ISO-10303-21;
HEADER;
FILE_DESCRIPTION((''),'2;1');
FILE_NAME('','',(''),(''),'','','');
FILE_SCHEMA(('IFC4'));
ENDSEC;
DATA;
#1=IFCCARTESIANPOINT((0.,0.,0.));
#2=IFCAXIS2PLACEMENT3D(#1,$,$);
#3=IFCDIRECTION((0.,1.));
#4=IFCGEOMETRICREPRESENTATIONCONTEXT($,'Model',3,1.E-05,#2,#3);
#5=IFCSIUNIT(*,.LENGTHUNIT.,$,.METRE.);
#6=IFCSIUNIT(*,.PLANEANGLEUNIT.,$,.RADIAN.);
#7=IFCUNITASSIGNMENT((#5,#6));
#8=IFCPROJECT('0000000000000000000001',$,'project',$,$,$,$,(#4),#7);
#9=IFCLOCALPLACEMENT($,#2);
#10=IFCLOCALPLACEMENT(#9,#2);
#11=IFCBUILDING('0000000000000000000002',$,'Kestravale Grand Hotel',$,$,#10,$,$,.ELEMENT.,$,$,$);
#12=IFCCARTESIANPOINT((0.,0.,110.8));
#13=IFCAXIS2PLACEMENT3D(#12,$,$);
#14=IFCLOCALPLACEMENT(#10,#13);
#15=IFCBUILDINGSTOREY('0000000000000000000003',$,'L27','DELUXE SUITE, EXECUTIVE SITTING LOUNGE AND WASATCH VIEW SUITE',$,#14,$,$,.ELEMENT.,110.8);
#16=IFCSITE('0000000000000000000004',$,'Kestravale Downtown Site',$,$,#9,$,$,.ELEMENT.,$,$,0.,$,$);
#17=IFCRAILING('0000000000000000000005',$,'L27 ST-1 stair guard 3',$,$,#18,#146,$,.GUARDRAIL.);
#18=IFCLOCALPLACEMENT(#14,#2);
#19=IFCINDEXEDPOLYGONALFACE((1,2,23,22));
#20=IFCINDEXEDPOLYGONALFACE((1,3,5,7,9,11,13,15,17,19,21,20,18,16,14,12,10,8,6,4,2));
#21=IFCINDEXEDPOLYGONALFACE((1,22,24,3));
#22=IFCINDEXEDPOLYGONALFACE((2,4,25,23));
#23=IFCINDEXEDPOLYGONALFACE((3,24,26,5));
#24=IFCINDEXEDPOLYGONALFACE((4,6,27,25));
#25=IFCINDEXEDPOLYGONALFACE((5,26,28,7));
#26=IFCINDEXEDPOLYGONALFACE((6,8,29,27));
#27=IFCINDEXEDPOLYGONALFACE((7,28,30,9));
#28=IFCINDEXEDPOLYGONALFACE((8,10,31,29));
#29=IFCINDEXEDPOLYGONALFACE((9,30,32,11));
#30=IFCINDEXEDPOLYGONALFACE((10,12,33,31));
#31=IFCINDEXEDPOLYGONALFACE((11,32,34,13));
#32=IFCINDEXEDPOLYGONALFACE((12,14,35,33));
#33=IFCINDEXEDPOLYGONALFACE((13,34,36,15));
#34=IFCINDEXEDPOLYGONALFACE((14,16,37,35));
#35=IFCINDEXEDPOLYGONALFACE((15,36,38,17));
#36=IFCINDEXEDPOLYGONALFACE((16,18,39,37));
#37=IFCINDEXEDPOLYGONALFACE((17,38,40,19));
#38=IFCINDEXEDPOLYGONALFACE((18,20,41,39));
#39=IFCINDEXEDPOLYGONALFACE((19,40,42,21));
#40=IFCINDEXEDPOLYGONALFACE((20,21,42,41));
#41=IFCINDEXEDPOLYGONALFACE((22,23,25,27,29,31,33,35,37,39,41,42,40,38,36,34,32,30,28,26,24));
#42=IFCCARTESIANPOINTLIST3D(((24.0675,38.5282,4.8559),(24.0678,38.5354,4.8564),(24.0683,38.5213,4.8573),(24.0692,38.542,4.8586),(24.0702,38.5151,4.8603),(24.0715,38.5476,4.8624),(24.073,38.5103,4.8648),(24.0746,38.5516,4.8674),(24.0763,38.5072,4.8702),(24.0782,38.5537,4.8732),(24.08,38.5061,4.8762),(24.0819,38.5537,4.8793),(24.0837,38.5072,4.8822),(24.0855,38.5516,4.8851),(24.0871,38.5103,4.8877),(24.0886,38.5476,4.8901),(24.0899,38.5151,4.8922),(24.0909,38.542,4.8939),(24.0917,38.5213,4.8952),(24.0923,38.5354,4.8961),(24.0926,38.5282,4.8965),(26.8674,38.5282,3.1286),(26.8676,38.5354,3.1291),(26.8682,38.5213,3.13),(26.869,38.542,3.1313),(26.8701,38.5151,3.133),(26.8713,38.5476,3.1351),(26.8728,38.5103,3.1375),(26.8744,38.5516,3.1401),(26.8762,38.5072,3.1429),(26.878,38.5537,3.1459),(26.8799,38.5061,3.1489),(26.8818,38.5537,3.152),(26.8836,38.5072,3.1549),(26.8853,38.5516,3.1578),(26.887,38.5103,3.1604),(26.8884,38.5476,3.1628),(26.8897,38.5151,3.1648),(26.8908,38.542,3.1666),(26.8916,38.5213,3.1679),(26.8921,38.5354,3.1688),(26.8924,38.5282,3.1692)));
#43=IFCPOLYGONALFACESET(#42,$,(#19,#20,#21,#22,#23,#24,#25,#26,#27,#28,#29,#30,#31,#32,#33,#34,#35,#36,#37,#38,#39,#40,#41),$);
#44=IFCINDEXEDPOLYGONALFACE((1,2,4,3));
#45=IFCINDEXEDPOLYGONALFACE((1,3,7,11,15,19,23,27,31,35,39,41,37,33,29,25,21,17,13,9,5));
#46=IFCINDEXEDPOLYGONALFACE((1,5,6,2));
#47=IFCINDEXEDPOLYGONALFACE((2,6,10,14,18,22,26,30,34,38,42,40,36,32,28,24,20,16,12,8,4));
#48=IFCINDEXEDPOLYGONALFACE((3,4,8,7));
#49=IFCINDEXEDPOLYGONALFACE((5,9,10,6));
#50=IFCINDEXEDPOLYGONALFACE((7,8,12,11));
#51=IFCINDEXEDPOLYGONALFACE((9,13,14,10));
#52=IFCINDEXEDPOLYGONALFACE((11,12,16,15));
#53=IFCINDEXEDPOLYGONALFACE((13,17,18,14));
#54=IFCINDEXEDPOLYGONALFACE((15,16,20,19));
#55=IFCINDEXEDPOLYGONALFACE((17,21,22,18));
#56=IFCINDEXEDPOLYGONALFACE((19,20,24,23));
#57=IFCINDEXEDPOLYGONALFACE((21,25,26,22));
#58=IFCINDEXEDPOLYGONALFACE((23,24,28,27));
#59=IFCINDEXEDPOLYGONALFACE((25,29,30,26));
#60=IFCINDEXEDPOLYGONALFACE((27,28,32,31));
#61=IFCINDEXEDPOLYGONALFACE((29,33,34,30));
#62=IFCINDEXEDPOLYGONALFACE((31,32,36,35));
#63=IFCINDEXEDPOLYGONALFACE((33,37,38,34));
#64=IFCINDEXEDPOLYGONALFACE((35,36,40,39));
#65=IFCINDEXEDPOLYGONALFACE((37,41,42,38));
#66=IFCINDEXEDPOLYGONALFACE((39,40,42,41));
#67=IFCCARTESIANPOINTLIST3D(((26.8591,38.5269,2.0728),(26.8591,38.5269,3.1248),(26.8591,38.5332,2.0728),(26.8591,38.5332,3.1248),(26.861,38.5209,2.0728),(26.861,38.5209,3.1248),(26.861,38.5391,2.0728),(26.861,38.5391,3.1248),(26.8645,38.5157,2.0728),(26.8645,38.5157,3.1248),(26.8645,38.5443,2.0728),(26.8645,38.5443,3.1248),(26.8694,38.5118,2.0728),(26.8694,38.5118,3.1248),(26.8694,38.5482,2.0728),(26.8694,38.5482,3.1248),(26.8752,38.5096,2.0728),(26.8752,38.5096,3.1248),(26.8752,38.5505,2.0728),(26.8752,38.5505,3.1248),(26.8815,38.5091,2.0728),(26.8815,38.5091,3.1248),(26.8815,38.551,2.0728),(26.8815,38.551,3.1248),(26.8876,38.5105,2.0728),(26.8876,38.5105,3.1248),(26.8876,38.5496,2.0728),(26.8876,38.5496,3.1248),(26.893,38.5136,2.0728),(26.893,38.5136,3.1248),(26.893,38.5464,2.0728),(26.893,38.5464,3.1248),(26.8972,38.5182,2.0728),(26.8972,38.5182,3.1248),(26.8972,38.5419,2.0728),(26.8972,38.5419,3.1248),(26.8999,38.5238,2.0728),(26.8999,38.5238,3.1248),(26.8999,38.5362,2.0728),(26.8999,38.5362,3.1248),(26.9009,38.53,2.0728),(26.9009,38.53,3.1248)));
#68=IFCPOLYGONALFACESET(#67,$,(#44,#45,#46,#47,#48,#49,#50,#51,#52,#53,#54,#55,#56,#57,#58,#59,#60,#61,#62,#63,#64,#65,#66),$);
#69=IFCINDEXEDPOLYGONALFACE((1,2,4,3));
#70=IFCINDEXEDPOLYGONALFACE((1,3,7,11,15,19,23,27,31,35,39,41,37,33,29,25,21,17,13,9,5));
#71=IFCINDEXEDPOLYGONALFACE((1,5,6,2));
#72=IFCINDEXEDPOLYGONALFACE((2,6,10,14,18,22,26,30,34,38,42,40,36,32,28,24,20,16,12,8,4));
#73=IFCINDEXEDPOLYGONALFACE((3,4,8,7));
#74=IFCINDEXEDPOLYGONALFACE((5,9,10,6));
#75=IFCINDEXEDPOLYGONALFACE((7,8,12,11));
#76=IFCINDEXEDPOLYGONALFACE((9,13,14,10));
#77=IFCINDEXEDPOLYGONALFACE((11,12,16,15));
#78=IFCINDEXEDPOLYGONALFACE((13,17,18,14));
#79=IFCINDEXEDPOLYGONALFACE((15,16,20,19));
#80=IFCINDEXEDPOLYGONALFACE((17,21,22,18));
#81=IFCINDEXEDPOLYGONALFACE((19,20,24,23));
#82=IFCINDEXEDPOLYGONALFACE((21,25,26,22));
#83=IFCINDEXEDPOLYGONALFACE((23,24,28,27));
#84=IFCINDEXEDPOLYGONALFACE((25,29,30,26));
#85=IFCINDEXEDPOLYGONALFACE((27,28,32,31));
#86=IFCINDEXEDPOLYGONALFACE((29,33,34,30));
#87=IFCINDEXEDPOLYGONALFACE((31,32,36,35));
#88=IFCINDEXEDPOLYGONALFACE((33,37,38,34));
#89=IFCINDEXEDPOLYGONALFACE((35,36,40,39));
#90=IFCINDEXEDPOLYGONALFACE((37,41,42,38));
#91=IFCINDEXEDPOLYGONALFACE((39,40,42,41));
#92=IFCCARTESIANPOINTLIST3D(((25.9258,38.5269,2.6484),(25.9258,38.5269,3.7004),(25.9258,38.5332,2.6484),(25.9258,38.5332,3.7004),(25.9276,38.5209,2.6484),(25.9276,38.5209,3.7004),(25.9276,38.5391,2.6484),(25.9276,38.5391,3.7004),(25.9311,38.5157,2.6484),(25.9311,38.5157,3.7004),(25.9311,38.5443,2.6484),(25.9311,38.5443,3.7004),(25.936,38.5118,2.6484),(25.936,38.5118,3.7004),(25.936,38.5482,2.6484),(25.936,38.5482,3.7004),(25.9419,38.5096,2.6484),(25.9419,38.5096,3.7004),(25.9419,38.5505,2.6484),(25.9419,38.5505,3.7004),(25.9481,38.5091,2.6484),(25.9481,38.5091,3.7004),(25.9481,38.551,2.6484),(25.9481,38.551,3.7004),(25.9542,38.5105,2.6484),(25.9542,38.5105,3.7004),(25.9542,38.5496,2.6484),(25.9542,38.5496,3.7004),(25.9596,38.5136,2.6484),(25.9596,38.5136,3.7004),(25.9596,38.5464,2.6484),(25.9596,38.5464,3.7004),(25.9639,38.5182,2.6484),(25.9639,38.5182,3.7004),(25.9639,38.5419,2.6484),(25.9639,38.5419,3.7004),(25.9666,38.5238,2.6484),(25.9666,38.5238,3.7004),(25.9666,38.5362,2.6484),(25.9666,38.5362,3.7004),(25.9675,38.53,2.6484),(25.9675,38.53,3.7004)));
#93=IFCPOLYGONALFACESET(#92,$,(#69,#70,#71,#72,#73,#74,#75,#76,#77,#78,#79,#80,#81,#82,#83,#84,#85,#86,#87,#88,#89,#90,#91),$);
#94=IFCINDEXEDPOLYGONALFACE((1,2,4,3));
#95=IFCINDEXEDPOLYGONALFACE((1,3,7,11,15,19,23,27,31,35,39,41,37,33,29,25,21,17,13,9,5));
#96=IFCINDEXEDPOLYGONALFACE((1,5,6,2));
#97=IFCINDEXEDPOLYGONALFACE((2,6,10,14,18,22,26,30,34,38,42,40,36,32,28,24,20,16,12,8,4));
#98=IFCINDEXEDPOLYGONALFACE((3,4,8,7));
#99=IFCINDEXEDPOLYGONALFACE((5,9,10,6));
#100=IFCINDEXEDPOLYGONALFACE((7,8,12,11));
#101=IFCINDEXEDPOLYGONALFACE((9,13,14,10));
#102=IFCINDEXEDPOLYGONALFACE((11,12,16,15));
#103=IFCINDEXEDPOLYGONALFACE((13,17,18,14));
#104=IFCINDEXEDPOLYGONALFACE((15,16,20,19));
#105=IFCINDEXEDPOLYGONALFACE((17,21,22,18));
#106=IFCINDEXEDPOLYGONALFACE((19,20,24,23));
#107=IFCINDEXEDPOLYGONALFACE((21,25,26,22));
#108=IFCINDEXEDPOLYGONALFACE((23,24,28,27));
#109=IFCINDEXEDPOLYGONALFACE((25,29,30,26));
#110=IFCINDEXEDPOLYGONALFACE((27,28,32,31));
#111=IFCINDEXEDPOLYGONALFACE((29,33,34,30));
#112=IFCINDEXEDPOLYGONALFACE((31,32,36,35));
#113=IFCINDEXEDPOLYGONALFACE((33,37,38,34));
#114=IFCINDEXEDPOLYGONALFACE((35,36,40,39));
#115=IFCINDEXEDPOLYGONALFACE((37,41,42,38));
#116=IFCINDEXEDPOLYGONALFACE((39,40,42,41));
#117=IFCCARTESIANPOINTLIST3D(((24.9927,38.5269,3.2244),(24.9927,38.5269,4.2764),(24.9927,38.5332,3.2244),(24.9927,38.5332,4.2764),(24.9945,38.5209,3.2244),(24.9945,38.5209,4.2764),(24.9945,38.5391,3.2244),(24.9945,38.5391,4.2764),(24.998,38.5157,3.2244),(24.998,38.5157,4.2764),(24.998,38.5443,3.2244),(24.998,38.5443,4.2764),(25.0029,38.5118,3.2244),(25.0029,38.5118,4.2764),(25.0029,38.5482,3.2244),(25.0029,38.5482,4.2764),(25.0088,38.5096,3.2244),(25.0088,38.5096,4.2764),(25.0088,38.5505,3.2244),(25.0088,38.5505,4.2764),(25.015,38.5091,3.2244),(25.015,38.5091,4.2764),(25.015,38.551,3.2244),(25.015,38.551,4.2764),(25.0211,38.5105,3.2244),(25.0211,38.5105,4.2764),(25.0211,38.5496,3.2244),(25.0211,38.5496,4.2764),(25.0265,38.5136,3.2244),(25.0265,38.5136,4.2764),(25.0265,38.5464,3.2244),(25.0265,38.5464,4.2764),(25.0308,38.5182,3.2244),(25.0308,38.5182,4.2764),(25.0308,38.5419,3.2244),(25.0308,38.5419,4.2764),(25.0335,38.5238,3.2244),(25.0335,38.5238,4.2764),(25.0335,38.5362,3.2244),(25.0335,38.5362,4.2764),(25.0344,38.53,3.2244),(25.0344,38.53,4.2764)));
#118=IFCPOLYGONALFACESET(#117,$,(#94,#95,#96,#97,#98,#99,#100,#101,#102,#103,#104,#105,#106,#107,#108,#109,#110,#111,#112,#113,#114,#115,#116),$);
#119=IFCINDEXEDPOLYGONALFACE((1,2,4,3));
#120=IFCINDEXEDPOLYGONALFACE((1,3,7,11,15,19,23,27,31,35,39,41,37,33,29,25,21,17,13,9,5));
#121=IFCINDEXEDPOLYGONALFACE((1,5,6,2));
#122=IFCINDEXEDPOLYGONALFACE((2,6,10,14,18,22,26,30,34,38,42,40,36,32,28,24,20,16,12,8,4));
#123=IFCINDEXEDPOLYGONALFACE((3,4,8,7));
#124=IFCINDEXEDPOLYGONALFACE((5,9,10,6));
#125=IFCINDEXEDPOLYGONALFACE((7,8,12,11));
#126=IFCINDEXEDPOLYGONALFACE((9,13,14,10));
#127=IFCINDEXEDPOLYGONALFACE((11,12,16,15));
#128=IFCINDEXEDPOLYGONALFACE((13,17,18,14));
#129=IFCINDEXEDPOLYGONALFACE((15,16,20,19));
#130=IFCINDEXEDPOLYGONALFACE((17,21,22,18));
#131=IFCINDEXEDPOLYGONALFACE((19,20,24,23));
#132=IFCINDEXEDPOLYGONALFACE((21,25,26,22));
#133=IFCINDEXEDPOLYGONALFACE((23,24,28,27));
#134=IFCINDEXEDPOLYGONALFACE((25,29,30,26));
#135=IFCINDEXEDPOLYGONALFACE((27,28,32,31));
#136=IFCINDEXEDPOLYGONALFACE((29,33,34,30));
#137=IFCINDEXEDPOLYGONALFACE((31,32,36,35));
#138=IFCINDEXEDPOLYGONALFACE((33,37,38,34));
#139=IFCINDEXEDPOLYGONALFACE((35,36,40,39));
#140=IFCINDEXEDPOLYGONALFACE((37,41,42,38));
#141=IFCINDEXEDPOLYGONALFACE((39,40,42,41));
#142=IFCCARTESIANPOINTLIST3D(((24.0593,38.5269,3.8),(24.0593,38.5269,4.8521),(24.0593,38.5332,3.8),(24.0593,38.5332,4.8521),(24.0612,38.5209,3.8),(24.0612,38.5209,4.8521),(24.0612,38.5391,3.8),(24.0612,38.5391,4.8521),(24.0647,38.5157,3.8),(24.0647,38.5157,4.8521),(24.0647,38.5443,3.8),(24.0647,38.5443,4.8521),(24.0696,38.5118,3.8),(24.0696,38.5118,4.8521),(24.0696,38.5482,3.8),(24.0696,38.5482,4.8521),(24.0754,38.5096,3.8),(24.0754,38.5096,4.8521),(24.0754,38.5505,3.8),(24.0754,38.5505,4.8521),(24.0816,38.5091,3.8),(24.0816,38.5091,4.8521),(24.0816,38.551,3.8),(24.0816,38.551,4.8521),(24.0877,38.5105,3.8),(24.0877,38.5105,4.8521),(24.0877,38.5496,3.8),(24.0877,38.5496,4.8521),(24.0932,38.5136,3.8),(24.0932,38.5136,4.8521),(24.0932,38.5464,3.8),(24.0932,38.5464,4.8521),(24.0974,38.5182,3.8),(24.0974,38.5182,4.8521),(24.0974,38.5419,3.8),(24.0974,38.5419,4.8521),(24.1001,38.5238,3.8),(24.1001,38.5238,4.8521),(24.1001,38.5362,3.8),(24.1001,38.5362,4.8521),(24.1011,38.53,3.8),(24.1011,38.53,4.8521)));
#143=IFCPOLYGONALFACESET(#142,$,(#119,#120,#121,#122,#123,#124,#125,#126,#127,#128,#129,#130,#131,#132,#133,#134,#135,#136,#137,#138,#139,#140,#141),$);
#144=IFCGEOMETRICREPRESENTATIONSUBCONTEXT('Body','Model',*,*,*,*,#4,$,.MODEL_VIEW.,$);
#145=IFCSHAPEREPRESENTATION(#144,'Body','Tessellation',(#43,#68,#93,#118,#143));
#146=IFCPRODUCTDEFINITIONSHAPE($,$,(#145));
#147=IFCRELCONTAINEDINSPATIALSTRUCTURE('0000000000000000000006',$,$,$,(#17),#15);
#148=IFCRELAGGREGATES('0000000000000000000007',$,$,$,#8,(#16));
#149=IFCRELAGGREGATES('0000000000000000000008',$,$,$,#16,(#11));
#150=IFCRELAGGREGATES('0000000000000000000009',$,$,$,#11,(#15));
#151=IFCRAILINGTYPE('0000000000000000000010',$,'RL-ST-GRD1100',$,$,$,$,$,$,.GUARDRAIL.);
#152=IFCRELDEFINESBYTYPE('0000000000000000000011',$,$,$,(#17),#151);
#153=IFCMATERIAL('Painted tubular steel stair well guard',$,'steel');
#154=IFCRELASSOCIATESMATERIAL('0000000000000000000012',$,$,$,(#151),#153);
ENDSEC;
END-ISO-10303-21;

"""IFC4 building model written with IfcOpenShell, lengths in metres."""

from ifc_helpers import new_model, si_unit, direction, frame, origin, origin_2d, place, context, subcontext, project, spatial, circle, extrude, material, type_object, element, save


model = new_model("IFC4")

# Units and contexts
model_context = context("Model", 3, precision=1e-05, world=origin(), true_north=direction((0.0, 1.0)))
body_context = subcontext(model_context, "Body", "Model", "MODEL_VIEW")
ifc_project = project(units=[si_unit("LENGTHUNIT", "METRE"), si_unit("PLANEANGLEUNIT", "RADIAN")], contexts=[model_context])

# Site, building, storey
site_placement = place(None, origin())
site = spatial("IfcSite", under=ifc_project, at=site_placement, Name="Kestravale Downtown Site", CompositionType="ELEMENT", RefElevation=0.0)
building_placement = place(site_placement, origin())
building = spatial("IfcBuilding", under=site, at=building_placement, Name="Kestravale Grand Hotel", CompositionType="ELEMENT")
storey_placement = place(building_placement, frame((0.0, 0.0, 110.8)))
storey = spatial("IfcBuildingStorey", under=building, at=storey_placement, Name="L27", Description="DELUXE SUITE, EXECUTIVE SITTING LOUNGE AND WASATCH VIEW SUITE", CompositionType="ELEMENT", Elevation=110.8)

# Railing
ifc_material_1 = material(Name="Painted tubular steel stair well guard", Category="steel")
railing_type_1 = type_object("IfcRailingType", Name="RL-ST-GRD1100", PredefinedType="GUARDRAIL", material=ifc_material_1)
railing_1_placement = place(storey_placement, frame((26.8799, 38.53, 2.0728)))
element("IfcRailing", 1, at=railing_1_placement, inside=storey, type_object=railing_type_1, Name="L27 ST-1 stair guard 3", PredefinedType="GUARDRAIL", context=body_context, shape_type="SweptSolid", body=[
    extrude(circle(Radius=0.0239, at=origin_2d()), frame((0.0, 0.0, 1.0762), z_axis=(-0.851069, 0.0, 0.525054), x_axis=(0.0, -1.0, 0.0)), (0.0, 0.0, 1.0), 3.2898),
    extrude(circle(Radius=0.021, at=origin_2d()), origin(), (0.0, 0.0, 1.0), 1.052),
    extrude(circle(Radius=0.021, at=origin_2d()), frame((-0.9333, 0.0, 0.5757)), (0.0, 0.0, 1.0), 1.052),
    extrude(circle(Radius=0.021, at=origin_2d()), frame((-1.8665, 0.0, 1.1516)), (0.0, 0.0, 1.0), 1.052),
    extrude(circle(Radius=0.021, at=origin_2d()), frame((-2.7998, 0.0, 1.7273)), (0.0, 0.0, 1.0), 1.052),
])

save(model, "model.ifc")
